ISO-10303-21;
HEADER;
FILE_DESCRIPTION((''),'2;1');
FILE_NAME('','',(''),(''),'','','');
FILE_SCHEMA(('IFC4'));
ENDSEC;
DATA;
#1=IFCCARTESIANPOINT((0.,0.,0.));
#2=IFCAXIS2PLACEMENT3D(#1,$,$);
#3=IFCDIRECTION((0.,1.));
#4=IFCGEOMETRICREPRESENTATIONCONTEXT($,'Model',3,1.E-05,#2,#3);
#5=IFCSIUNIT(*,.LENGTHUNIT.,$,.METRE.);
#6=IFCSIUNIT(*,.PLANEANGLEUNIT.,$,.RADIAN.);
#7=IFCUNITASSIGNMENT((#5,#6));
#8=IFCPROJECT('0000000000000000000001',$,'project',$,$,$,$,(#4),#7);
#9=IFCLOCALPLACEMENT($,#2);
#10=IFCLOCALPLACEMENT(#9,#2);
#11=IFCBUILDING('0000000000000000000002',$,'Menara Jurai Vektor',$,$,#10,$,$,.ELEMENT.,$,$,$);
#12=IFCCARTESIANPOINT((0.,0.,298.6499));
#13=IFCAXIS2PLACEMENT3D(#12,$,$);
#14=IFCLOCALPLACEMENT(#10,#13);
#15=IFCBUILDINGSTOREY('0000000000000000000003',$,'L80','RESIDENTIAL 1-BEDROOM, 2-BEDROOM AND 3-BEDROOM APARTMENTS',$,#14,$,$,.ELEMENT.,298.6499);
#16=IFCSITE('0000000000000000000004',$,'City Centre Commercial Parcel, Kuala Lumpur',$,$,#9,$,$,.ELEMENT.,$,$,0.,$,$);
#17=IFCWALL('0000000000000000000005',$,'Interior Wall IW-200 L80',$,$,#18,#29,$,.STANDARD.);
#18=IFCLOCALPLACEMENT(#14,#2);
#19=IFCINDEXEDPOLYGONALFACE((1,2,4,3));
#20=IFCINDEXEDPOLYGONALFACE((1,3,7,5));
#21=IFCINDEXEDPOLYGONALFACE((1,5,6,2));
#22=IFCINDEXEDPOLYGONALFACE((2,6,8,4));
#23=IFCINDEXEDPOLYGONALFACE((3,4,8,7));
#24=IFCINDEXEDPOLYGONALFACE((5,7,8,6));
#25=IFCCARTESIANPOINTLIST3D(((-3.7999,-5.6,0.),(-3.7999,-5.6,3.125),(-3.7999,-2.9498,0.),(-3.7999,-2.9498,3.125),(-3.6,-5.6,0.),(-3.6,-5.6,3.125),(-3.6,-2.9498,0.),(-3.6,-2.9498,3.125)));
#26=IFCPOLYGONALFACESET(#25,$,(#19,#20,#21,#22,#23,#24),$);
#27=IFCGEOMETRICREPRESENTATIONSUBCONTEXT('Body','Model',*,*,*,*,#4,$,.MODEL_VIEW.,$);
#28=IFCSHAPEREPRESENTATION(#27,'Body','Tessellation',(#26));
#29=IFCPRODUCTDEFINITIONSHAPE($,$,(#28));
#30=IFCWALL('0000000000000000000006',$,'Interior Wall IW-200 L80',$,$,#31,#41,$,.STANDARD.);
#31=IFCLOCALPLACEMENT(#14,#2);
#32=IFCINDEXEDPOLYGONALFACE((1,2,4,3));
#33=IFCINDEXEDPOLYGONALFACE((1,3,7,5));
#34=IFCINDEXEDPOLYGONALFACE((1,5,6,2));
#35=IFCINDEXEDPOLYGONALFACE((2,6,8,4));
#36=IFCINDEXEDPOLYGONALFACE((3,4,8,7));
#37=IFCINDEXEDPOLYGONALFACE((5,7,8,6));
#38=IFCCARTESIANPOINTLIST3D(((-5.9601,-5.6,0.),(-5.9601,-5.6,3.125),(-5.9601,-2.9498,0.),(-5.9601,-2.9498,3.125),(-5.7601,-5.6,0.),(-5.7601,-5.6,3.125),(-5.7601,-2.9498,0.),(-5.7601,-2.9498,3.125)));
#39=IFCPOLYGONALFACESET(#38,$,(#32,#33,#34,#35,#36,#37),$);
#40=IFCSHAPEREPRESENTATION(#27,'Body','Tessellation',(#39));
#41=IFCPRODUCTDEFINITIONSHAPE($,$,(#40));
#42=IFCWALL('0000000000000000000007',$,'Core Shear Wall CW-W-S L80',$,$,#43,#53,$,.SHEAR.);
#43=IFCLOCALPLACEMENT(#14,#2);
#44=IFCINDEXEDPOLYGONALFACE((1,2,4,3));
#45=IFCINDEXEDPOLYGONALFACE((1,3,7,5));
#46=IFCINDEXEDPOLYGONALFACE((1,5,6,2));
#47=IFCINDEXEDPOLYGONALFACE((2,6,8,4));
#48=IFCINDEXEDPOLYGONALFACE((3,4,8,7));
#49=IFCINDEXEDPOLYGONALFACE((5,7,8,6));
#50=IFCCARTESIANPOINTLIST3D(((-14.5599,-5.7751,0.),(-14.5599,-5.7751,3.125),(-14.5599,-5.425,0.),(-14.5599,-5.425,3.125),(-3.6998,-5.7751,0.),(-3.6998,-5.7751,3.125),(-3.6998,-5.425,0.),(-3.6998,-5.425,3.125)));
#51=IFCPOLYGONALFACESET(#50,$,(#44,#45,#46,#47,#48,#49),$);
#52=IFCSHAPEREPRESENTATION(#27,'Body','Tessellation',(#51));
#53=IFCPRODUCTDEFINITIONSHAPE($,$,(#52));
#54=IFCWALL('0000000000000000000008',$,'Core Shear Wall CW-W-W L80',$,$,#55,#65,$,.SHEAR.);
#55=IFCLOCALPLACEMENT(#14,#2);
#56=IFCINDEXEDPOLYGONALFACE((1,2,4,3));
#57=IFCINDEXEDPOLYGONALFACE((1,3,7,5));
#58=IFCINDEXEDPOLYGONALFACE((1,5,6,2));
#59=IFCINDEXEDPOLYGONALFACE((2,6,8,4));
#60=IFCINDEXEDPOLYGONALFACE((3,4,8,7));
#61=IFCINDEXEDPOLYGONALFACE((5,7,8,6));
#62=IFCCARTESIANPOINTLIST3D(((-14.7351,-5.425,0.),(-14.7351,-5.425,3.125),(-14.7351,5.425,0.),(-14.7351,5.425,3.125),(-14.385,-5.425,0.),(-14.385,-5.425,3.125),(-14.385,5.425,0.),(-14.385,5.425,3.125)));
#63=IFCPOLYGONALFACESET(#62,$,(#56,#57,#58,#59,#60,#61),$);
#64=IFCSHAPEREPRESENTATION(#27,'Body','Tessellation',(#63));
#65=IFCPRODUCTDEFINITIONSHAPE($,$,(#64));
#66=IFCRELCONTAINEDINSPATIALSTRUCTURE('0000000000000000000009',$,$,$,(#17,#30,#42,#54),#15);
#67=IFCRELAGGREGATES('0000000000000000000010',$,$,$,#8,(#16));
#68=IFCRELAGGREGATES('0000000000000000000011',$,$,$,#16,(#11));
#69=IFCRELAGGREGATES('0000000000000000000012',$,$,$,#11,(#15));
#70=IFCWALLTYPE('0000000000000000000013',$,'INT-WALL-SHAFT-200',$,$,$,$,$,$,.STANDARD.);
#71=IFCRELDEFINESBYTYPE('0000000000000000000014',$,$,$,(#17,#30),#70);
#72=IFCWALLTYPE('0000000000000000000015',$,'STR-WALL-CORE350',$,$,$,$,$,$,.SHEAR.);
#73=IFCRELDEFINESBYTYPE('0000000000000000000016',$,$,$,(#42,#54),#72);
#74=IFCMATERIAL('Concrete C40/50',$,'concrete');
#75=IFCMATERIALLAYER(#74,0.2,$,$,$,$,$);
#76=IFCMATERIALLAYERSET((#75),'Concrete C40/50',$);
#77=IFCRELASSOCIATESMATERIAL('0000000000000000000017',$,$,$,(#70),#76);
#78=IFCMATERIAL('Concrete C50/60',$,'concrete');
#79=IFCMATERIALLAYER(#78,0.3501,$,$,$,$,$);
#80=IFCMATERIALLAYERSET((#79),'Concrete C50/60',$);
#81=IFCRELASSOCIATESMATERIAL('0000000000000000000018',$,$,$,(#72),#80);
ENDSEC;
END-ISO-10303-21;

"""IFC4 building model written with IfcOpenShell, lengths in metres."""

from ifc_helpers import new_model, si_unit, direction, frame, frame_2d, origin, place, context, subcontext, project, spatial, rectangle, extrude, material, layer, layer_set, type_object, element, save


model = new_model("IFC4")

# Units and contexts
model_context = context("Model", 3, precision=1e-05, world=origin(), true_north=direction((0.0, 1.0)))
body_context = subcontext(model_context, "Body", "Model", "MODEL_VIEW")
ifc_project = project(units=[si_unit("LENGTHUNIT", "METRE"), si_unit("PLANEANGLEUNIT", "RADIAN")], contexts=[model_context])

# Site, building, storey
site_placement = place(None, origin())
site = spatial("IfcSite", under=ifc_project, at=site_placement, Name="City Centre Commercial Parcel, Kuala Lumpur", CompositionType="ELEMENT", RefElevation=0.0)
building_placement = place(site_placement, origin())
building = spatial("IfcBuilding", under=site, at=building_placement, Name="Menara Jurai Vektor", CompositionType="ELEMENT")
storey_placement = place(building_placement, frame((0.0, 0.0, 298.6499)))
storey = spatial("IfcBuildingStorey", under=building, at=storey_placement, Name="L80", Description="RESIDENTIAL 1-BEDROOM, 2-BEDROOM AND 3-BEDROOM APARTMENTS", CompositionType="ELEMENT", Elevation=298.6499)

# Shared definitions
ifc_material_1 = material(Name="Concrete C50/60", Category="concrete")

# Wall
ifc_material_2 = material(Name="Concrete C40/50", Category="concrete")
ifc_layer_1 = layer(ifc_material_2, 0.2)
ifc_layer_set_1 = layer_set([ifc_layer_1], Name="Concrete C40/50")
wall_type_1 = type_object("IfcWallType", Name="INT-WALL-SHAFT-200", PredefinedType="STANDARD", material=ifc_layer_set_1)
wall_1_placement = place(storey_placement, frame((-3.7, -5.6001, 0.0), z_axis=(0.0, 0.0, 1.0), x_axis=(0.0, 1.0, 0.0)))
element("IfcWall", 1, at=wall_1_placement, inside=storey, type_object=wall_type_1, Name="Interior Wall IW-200 L80", PredefinedType="STANDARD", context=body_context, shape_type="SweptSolid", body=[
    extrude(rectangle(XDim=2.6501, YDim=0.2, at=frame_2d((1.3252, 0.0))), origin(), (0.0, 0.0, 1.0), 3.125),
])

# Walls
wall_2_placement = place(storey_placement, frame((-5.8601, -5.6001, 0.0), z_axis=(0.0, 0.0, 1.0), x_axis=(0.0, 1.0, 0.0)))
element("IfcWall", 2, at=wall_2_placement, inside=storey, type_object=wall_type_1, Name="Interior Wall IW-200 L80", PredefinedType="STANDARD", context=body_context, shape_type="SweptSolid", body=[
    extrude(rectangle(XDim=2.6501, YDim=0.2, at=frame_2d((1.3252, 0.0))), origin(), (0.0, 0.0, 1.0), 3.125),
])
ifc_layer_2 = layer(ifc_material_1, 0.3501)
ifc_layer_set_2 = layer_set([ifc_layer_2], Name="Concrete C50/60")
wall_type_2 = type_object("IfcWallType", Name="STR-WALL-CORE350", PredefinedType="SHEAR", material=ifc_layer_set_2)
wall_3_placement = place(storey_placement, frame((-14.5601, -5.6001, 0.0), z_axis=(0.0, 0.0, 1.0), x_axis=(1.0, 0.0, 0.0)))
element("IfcWall", 3, at=wall_3_placement, inside=storey, type_object=wall_type_2, Name="Core Shear Wall CW-W-S L80", PredefinedType="SHEAR", context=body_context, shape_type="SweptSolid", body=[
    extrude(rectangle(XDim=10.8601, YDim=0.3501, at=frame_2d((5.4302, 0.0))), origin(), (0.0, 0.0, 1.0), 3.125),
])
wall_4_placement = place(storey_placement, frame((-14.5601, -5.425, 0.0), z_axis=(0.0, 0.0, 1.0), x_axis=(0.0, 1.0, 0.0)))
element("IfcWall", 4, at=wall_4_placement, inside=storey, type_object=wall_type_2, Name="Core Shear Wall CW-W-W L80", PredefinedType="SHEAR", context=body_context, shape_type="SweptSolid", body=[
    extrude(rectangle(XDim=10.8501, YDim=0.3501, at=frame_2d((5.425, 0.0))), origin(), (0.0, 0.0, 1.0), 3.125),
])

save(model, "model.ifc")
